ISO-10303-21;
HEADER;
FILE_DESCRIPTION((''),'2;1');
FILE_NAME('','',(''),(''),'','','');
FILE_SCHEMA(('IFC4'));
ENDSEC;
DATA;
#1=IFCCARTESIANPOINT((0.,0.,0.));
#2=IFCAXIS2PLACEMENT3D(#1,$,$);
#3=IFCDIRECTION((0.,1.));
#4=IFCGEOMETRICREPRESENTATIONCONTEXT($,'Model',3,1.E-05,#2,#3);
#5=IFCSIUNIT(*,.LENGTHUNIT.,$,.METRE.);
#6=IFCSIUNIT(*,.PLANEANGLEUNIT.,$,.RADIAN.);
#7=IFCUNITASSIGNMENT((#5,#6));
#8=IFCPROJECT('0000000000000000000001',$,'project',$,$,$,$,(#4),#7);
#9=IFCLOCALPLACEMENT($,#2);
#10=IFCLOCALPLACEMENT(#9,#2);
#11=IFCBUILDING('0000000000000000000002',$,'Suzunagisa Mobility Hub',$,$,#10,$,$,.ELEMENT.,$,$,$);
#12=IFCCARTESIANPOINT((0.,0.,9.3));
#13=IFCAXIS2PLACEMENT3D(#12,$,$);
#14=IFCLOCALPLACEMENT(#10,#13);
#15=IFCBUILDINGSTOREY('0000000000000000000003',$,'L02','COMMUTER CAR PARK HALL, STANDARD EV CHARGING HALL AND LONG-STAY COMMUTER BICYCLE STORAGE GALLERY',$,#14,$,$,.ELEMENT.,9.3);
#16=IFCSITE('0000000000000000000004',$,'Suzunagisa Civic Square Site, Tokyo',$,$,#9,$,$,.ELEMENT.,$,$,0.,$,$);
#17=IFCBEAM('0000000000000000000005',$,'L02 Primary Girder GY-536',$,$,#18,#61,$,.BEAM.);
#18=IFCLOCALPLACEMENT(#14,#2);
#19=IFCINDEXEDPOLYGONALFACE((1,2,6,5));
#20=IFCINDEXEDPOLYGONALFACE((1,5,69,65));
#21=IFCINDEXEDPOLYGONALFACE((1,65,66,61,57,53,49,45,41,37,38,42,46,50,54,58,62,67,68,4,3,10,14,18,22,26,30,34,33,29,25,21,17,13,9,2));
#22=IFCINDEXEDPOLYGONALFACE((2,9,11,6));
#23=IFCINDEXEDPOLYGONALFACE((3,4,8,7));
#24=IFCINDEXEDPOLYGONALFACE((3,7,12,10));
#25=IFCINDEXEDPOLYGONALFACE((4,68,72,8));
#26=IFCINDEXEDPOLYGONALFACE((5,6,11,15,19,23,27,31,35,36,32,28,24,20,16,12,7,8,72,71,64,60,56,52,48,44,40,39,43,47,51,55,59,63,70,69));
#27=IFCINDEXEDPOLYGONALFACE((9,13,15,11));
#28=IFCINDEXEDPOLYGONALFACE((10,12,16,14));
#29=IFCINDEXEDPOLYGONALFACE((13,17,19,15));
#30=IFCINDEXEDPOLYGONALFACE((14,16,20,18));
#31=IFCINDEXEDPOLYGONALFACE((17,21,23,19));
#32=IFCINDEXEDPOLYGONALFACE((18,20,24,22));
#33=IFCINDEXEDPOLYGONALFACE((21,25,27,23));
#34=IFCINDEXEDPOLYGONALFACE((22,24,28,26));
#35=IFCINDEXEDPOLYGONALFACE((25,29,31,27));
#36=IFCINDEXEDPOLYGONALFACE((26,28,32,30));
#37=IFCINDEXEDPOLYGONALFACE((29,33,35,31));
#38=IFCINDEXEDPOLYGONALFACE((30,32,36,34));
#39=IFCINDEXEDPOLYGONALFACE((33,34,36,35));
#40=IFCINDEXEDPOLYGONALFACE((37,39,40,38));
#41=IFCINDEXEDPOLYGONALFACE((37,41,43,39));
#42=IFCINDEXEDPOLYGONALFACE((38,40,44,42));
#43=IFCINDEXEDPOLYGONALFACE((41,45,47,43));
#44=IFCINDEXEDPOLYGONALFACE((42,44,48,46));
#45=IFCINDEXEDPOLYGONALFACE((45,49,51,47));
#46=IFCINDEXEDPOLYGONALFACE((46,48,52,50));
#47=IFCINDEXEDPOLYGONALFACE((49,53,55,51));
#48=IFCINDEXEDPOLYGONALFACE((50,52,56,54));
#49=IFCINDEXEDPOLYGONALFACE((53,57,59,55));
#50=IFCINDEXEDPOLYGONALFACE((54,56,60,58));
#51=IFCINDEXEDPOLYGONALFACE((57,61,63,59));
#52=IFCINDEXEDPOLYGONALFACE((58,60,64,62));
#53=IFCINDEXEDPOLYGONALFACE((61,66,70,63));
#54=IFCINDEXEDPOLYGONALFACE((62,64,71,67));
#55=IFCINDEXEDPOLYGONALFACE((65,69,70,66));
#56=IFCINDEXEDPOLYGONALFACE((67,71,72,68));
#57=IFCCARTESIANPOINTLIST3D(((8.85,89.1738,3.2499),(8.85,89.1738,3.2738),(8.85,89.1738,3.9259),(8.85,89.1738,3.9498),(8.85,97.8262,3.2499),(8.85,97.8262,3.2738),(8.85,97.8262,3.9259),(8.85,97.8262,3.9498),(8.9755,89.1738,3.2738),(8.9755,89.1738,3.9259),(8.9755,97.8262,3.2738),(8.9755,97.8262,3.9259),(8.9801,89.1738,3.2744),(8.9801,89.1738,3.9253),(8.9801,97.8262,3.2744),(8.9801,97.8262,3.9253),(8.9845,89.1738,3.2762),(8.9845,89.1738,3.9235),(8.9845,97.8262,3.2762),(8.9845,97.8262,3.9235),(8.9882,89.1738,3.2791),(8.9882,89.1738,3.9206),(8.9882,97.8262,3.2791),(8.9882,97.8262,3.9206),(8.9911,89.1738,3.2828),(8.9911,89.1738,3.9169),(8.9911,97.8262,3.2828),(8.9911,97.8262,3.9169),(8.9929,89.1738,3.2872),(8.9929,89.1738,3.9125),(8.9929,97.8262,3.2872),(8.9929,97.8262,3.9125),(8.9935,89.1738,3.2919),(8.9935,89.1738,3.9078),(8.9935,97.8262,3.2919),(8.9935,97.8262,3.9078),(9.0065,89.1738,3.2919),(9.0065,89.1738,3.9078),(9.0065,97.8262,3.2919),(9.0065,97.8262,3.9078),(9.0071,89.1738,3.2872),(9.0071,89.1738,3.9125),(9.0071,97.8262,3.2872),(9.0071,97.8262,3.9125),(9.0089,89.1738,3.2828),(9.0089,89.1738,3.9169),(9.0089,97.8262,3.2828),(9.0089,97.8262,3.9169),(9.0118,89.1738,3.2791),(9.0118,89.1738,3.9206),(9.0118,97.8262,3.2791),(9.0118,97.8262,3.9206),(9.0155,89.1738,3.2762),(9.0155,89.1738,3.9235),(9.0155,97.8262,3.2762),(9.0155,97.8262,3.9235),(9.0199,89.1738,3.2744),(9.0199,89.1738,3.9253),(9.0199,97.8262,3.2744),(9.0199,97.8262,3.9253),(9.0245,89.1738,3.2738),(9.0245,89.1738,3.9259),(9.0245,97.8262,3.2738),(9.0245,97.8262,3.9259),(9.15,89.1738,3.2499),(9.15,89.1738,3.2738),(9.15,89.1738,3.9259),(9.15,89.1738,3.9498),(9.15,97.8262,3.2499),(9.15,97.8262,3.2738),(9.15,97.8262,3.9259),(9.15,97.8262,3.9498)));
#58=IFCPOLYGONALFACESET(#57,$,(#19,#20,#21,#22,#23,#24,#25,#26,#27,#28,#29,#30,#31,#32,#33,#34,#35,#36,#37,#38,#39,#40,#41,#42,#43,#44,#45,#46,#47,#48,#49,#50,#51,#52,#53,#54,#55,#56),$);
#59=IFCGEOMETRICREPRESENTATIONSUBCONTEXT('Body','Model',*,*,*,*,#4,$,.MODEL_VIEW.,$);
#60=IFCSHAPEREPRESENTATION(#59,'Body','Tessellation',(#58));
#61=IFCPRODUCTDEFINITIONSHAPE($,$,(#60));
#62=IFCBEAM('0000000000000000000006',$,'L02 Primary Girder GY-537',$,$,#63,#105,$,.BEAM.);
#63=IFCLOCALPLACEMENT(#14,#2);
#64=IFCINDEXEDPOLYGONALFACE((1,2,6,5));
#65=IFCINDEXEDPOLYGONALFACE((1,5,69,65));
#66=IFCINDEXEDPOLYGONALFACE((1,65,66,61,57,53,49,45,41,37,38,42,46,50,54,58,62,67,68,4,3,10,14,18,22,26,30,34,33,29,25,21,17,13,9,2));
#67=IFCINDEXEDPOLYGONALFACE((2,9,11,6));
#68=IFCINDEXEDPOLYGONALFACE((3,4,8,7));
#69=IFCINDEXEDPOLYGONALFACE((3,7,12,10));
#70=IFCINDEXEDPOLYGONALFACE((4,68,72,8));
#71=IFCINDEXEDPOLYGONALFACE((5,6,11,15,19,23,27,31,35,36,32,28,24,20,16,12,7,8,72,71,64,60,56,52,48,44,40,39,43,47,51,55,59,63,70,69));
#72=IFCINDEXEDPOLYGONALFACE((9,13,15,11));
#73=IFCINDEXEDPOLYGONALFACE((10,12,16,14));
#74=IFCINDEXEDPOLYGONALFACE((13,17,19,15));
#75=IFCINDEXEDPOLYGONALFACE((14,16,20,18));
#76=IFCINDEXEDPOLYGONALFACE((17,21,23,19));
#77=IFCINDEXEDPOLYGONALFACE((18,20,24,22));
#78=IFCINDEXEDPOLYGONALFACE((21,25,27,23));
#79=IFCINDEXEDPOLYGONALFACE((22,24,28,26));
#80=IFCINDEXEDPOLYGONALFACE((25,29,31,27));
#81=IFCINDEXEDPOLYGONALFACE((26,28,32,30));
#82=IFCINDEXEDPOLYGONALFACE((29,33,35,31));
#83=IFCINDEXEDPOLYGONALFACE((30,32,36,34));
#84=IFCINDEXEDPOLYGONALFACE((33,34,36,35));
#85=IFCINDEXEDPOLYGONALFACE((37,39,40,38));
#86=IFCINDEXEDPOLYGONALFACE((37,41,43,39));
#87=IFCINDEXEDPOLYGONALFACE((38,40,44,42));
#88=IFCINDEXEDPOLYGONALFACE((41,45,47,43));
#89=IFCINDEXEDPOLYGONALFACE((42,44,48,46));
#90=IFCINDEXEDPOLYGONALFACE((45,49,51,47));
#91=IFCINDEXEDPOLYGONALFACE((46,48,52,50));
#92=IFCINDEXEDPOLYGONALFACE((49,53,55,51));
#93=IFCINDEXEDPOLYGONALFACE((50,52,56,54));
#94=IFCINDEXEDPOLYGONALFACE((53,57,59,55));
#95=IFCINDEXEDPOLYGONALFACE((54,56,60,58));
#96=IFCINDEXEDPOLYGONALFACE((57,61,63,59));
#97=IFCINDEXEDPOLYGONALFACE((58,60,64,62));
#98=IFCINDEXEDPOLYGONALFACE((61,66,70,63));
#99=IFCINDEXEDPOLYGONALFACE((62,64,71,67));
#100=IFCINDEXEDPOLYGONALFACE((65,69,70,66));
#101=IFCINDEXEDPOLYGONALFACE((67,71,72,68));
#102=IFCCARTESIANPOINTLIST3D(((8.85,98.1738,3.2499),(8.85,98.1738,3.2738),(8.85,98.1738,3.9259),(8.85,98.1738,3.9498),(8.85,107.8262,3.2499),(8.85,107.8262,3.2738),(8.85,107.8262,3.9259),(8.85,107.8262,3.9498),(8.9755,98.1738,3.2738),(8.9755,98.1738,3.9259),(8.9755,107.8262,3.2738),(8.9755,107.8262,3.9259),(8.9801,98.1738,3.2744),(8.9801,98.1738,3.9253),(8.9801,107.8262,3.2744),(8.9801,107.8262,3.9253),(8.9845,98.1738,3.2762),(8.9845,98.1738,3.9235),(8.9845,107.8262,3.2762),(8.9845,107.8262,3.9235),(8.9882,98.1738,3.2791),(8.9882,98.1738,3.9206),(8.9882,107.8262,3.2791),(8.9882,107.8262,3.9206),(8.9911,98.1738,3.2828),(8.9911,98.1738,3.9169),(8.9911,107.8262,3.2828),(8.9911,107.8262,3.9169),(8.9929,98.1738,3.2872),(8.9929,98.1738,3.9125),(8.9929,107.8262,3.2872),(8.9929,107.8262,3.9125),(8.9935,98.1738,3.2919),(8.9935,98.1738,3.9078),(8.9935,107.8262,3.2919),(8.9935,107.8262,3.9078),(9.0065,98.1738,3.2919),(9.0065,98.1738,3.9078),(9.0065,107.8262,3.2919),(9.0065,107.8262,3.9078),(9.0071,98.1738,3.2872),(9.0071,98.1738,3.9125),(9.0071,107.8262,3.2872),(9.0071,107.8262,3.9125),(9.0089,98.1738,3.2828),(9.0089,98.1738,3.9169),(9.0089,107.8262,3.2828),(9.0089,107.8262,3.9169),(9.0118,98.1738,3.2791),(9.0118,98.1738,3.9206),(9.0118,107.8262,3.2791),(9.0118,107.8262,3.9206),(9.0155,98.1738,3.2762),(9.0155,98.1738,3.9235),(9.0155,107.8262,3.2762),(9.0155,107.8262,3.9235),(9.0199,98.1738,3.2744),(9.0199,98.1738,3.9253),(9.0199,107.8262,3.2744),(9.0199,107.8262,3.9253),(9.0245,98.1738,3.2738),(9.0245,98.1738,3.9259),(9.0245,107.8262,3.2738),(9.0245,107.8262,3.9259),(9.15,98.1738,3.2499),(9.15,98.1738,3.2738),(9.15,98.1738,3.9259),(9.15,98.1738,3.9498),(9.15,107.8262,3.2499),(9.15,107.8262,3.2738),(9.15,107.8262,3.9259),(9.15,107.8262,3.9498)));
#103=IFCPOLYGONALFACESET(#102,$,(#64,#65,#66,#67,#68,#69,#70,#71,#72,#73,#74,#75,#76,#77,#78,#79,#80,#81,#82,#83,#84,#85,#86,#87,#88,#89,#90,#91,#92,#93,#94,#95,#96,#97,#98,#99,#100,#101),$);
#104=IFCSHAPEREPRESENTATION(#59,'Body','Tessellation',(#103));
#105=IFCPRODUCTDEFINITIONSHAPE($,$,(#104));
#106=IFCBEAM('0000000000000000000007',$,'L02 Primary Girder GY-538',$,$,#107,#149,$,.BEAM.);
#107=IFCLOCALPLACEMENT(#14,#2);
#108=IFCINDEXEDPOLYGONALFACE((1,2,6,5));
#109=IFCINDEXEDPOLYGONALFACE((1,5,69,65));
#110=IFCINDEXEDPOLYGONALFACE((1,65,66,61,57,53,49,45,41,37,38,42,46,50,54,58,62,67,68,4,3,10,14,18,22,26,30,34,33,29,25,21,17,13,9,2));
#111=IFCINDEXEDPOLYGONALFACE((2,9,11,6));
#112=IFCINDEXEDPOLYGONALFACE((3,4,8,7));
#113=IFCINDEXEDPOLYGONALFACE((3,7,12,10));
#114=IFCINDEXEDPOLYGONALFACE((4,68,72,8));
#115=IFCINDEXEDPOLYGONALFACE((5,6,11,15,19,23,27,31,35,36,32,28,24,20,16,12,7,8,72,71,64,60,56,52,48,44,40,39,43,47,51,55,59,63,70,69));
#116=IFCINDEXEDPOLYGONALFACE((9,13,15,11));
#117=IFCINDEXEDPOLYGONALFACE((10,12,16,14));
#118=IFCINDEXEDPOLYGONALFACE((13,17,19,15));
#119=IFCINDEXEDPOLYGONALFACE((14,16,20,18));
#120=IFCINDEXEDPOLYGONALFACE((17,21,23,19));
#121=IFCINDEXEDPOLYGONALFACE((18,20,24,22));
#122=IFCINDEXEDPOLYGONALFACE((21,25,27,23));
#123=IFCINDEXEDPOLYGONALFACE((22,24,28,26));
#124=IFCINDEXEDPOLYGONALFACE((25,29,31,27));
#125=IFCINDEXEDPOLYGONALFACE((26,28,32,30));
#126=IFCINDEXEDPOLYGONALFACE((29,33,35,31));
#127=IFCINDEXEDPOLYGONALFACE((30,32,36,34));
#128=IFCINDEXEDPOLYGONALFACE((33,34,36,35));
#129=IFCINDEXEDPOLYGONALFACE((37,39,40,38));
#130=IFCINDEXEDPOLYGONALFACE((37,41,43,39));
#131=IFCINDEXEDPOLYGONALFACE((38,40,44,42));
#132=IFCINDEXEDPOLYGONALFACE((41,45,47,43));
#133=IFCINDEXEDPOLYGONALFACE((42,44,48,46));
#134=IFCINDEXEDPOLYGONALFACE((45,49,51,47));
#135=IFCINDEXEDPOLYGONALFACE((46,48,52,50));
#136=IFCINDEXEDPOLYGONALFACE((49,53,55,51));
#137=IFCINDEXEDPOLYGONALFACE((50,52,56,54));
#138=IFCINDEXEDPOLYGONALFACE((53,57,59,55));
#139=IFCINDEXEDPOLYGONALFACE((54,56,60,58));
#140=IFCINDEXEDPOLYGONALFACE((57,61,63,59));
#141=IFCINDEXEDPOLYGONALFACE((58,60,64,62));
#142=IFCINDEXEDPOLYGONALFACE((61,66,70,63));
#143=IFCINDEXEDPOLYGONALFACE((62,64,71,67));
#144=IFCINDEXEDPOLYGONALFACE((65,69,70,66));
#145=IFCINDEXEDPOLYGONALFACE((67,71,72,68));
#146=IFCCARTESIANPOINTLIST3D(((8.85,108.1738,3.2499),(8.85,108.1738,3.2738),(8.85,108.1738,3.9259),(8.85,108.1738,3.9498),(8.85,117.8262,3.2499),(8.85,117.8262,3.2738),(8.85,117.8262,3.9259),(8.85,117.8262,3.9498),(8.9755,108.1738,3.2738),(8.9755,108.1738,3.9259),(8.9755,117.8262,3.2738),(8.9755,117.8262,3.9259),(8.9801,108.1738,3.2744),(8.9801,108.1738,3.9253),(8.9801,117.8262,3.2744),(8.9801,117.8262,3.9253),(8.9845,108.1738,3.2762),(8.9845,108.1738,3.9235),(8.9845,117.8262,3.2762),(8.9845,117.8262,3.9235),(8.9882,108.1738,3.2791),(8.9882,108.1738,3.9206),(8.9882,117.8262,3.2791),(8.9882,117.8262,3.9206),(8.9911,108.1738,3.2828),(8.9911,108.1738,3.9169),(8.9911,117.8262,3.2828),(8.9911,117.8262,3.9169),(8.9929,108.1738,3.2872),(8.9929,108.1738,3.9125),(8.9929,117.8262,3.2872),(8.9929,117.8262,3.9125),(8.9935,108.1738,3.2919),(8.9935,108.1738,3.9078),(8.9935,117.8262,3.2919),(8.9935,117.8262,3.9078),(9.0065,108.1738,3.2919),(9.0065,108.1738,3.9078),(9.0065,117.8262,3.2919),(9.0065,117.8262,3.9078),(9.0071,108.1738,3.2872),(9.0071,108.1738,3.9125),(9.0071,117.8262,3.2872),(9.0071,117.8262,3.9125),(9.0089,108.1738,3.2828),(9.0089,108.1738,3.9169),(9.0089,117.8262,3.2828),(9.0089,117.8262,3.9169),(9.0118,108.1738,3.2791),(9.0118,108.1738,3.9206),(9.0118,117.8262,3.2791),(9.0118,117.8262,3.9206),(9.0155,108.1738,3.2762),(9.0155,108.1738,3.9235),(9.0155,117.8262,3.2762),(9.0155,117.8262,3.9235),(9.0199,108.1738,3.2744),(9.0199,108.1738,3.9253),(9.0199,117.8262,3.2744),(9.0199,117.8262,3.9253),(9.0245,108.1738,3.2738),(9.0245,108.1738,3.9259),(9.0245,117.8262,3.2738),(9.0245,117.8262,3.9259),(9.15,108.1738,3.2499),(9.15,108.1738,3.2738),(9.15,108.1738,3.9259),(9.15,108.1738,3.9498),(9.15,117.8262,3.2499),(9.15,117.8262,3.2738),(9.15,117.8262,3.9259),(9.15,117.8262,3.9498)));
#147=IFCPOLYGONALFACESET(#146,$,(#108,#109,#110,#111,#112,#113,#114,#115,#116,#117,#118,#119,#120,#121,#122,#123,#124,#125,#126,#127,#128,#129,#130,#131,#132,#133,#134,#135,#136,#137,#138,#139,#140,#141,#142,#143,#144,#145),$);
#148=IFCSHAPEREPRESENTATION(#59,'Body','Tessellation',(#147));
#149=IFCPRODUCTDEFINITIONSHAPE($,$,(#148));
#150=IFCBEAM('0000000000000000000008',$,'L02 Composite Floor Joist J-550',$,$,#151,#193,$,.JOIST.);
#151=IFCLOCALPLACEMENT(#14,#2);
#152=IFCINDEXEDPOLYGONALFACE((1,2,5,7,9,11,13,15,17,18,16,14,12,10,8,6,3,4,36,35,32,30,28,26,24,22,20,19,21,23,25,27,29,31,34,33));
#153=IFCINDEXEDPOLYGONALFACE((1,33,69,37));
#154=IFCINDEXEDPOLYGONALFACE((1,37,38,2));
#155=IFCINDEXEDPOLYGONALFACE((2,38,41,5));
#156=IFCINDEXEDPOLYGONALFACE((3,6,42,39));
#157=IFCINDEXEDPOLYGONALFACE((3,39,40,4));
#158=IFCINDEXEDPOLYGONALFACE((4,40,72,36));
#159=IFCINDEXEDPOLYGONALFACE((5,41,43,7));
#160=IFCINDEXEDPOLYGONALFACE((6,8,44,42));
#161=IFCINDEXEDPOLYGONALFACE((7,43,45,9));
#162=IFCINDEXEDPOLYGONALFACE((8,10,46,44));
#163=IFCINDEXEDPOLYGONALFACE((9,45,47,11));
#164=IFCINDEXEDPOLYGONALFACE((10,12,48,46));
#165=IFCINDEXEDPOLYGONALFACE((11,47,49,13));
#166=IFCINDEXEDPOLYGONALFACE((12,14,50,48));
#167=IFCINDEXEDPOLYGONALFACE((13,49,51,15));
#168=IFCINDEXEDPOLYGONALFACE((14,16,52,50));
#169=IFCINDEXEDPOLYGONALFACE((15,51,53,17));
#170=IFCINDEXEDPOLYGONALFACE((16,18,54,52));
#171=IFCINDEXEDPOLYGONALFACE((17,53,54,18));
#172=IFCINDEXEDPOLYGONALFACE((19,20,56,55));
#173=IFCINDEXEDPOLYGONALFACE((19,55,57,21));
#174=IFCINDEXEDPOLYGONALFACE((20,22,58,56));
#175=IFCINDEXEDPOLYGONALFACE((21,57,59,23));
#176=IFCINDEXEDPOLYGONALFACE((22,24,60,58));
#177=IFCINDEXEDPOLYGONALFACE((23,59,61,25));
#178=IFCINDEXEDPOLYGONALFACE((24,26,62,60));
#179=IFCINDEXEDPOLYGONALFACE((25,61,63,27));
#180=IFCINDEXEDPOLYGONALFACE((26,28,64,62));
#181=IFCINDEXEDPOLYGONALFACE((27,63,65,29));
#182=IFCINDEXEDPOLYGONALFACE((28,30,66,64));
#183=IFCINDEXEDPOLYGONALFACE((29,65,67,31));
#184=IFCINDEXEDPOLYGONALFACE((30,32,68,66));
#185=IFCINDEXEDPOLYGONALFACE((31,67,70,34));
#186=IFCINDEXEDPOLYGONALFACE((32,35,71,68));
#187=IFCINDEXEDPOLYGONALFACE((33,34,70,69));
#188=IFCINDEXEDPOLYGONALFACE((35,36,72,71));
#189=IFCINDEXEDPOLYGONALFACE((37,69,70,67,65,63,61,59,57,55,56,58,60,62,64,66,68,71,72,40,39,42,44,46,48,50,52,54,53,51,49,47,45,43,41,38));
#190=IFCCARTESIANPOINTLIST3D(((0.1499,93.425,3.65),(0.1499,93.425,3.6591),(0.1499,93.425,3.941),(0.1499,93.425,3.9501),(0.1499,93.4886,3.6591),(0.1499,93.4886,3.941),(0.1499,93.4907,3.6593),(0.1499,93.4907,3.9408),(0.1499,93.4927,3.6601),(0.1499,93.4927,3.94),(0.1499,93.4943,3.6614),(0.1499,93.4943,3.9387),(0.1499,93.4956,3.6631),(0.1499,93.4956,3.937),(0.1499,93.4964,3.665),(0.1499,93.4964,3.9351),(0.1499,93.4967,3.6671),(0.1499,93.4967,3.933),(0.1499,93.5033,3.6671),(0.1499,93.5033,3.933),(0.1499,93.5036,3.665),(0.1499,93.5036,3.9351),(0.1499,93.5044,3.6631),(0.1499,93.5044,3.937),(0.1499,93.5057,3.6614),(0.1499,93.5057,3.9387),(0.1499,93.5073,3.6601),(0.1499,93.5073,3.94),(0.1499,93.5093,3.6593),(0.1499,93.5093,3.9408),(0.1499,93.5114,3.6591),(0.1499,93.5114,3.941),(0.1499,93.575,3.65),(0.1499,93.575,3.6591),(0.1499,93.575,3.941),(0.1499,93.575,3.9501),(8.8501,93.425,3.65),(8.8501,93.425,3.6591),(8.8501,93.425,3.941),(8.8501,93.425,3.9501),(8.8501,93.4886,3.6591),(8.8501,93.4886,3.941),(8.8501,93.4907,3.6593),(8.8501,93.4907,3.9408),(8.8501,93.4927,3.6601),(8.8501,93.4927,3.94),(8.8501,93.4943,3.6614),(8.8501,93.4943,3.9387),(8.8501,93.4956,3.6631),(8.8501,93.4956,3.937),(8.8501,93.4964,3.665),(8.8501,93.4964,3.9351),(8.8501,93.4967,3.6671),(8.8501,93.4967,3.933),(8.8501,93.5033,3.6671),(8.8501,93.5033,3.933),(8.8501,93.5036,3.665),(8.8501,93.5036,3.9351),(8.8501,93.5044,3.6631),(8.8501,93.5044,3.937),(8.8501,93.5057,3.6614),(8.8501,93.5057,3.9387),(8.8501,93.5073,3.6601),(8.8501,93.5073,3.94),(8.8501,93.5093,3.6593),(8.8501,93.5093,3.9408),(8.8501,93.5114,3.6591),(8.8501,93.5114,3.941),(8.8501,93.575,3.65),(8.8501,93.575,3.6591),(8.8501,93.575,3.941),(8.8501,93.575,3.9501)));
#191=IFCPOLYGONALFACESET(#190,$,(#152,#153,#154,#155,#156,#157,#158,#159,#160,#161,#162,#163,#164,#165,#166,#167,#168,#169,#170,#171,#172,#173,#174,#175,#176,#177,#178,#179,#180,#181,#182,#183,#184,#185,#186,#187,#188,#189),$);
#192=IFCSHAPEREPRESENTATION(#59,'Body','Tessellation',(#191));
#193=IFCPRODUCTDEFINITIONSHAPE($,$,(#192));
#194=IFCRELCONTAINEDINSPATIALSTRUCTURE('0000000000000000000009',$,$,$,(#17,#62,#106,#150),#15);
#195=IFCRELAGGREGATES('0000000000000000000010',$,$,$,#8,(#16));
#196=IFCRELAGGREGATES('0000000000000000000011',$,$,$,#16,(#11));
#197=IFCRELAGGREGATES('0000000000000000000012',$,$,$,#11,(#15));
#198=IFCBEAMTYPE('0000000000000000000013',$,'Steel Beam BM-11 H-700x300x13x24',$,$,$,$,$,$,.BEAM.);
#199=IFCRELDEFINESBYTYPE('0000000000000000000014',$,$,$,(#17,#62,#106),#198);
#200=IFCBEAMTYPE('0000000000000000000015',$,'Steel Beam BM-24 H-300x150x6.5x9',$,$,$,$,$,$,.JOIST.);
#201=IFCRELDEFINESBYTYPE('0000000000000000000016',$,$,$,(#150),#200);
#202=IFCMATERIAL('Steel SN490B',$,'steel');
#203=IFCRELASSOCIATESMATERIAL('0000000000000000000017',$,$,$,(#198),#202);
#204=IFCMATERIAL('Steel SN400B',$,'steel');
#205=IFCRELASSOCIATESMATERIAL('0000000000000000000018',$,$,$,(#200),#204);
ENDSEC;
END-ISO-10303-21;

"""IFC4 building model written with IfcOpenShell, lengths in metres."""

from ifc_helpers import new_model, si_unit, direction, frame, origin, origin_2d, place, context, subcontext, project, spatial, i_section, extrude, material, material_profile, profile_set, type_object, element, save


model = new_model("IFC4")

# Units and contexts
model_context = context("Model", 3, precision=1e-05, world=origin(), true_north=direction((0.0, 1.0)))
body_context = subcontext(model_context, "Body", "Model", "MODEL_VIEW")
ifc_project = project(units=[si_unit("LENGTHUNIT", "METRE"), si_unit("PLANEANGLEUNIT", "RADIAN")], contexts=[model_context])

# Site, building, storey
site_placement = place(None, origin())
site = spatial("IfcSite", under=ifc_project, at=site_placement, Name="Suzunagisa Civic Square Site, Tokyo", CompositionType="ELEMENT", RefElevation=0.0)
building_placement = place(site_placement, origin())
building = spatial("IfcBuilding", under=site, at=building_placement, Name="Suzunagisa Mobility Hub", CompositionType="ELEMENT")
storey_placement = place(building_placement, frame((0.0, 0.0, 9.3)))
storey = spatial("IfcBuildingStorey", under=building, at=storey_placement, Name="L02", Description="COMMUTER CAR PARK HALL, STANDARD EV CHARGING HALL AND LONG-STAY COMMUTER BICYCLE STORAGE GALLERY", CompositionType="ELEMENT", Elevation=9.3)

# Shared definitions
ifc_material_1 = material(Name="Steel SN490B", Category="steel")

# Beams
ifc_material_profile_1 = material_profile(ifc_material_1, i_section(OverallWidth=0.3, OverallDepth=0.7, WebThickness=0.0129, FlangeThickness=0.0239, FilletRadius=0.0181, at=origin_2d()), Name="H-700x300x13x24")
ifc_profile_set_1 = profile_set([ifc_material_profile_1], Name="Steel SN490B")
beam_type_1 = type_object("IfcBeamType", Name="Steel Beam BM-11 H-700x300x13x24", PredefinedType="BEAM", material=ifc_profile_set_1)
beam_1_placement = place(storey_placement, frame((9.0, 89.1738, 3.5999), z_axis=(0.0, 1.0, 0.0), x_axis=(-1.0, 0.0, 0.0)))
element("IfcBeam", 1, at=beam_1_placement, inside=storey, type_object=beam_type_1, Name="L02 Primary Girder GY-536", PredefinedType="BEAM", context=body_context, shape_type="SweptSolid", body=[
    extrude(i_section(OverallWidth=0.3, OverallDepth=0.7, WebThickness=0.0129, FlangeThickness=0.0239, FilletRadius=0.0181, at=origin_2d()), origin(), (0.0, 0.0, 1.0), 8.6523),
])
for number, where, z_axis, x_axis, name in (
    (2, (9.0, 98.1738, 3.5999), (0.0, 1.0, 0.0), (-1.0, 0.0, 0.0), "L02 Primary Girder GY-537"),
    (3, (9.0, 108.1738, 3.5999), (0.0, 1.0, 0.0), (-1.0, 0.0, 0.0), "L02 Primary Girder GY-538"),
):
    element("IfcBeam", number, at=place(storey_placement, frame(where, z_axis=z_axis, x_axis=x_axis)), inside=storey, type_object=beam_type_1, Name=name, PredefinedType="BEAM", context=body_context, shape_type="SweptSolid", body=[
        extrude(i_section(OverallWidth=0.3, OverallDepth=0.7, WebThickness=0.0129, FlangeThickness=0.0239, FilletRadius=0.0181, at=origin_2d()), origin(), (0.0, 0.0, 1.0), 9.6523),
    ])
ifc_material_2 = material(Name="Steel SN400B", Category="steel")
ifc_material_profile_2 = material_profile(ifc_material_2, i_section(OverallWidth=0.1499, OverallDepth=0.3, WebThickness=0.0066, FlangeThickness=0.009, FilletRadius=0.0081, at=origin_2d()), Name="H-300x150x6.5x9")
ifc_profile_set_2 = profile_set([ifc_material_profile_2], Name="Steel SN400B")
beam_type_2 = type_object("IfcBeamType", Name="Steel Beam BM-24 H-300x150x6.5x9", PredefinedType="JOIST", material=ifc_profile_set_2)
for number, where, z_axis, x_axis, name in (
    (4, (0.1499, 93.5, 3.8), (1.0, 0.0, 0.0), (0.0, 1.0, 0.0), "L02 Composite Floor Joist J-550"),
):
    element("IfcBeam", number, at=place(storey_placement, frame(where, z_axis=z_axis, x_axis=x_axis)), inside=storey, type_object=beam_type_2, Name=name, PredefinedType="JOIST", context=body_context, shape_type="SweptSolid", body=[
        extrude(i_section(OverallWidth=0.1499, OverallDepth=0.3, WebThickness=0.0066, FlangeThickness=0.009, FilletRadius=0.0081, at=origin_2d()), origin(), (0.0, 0.0, 1.0), 8.7002),
    ])

save(model, "model.ifc")
